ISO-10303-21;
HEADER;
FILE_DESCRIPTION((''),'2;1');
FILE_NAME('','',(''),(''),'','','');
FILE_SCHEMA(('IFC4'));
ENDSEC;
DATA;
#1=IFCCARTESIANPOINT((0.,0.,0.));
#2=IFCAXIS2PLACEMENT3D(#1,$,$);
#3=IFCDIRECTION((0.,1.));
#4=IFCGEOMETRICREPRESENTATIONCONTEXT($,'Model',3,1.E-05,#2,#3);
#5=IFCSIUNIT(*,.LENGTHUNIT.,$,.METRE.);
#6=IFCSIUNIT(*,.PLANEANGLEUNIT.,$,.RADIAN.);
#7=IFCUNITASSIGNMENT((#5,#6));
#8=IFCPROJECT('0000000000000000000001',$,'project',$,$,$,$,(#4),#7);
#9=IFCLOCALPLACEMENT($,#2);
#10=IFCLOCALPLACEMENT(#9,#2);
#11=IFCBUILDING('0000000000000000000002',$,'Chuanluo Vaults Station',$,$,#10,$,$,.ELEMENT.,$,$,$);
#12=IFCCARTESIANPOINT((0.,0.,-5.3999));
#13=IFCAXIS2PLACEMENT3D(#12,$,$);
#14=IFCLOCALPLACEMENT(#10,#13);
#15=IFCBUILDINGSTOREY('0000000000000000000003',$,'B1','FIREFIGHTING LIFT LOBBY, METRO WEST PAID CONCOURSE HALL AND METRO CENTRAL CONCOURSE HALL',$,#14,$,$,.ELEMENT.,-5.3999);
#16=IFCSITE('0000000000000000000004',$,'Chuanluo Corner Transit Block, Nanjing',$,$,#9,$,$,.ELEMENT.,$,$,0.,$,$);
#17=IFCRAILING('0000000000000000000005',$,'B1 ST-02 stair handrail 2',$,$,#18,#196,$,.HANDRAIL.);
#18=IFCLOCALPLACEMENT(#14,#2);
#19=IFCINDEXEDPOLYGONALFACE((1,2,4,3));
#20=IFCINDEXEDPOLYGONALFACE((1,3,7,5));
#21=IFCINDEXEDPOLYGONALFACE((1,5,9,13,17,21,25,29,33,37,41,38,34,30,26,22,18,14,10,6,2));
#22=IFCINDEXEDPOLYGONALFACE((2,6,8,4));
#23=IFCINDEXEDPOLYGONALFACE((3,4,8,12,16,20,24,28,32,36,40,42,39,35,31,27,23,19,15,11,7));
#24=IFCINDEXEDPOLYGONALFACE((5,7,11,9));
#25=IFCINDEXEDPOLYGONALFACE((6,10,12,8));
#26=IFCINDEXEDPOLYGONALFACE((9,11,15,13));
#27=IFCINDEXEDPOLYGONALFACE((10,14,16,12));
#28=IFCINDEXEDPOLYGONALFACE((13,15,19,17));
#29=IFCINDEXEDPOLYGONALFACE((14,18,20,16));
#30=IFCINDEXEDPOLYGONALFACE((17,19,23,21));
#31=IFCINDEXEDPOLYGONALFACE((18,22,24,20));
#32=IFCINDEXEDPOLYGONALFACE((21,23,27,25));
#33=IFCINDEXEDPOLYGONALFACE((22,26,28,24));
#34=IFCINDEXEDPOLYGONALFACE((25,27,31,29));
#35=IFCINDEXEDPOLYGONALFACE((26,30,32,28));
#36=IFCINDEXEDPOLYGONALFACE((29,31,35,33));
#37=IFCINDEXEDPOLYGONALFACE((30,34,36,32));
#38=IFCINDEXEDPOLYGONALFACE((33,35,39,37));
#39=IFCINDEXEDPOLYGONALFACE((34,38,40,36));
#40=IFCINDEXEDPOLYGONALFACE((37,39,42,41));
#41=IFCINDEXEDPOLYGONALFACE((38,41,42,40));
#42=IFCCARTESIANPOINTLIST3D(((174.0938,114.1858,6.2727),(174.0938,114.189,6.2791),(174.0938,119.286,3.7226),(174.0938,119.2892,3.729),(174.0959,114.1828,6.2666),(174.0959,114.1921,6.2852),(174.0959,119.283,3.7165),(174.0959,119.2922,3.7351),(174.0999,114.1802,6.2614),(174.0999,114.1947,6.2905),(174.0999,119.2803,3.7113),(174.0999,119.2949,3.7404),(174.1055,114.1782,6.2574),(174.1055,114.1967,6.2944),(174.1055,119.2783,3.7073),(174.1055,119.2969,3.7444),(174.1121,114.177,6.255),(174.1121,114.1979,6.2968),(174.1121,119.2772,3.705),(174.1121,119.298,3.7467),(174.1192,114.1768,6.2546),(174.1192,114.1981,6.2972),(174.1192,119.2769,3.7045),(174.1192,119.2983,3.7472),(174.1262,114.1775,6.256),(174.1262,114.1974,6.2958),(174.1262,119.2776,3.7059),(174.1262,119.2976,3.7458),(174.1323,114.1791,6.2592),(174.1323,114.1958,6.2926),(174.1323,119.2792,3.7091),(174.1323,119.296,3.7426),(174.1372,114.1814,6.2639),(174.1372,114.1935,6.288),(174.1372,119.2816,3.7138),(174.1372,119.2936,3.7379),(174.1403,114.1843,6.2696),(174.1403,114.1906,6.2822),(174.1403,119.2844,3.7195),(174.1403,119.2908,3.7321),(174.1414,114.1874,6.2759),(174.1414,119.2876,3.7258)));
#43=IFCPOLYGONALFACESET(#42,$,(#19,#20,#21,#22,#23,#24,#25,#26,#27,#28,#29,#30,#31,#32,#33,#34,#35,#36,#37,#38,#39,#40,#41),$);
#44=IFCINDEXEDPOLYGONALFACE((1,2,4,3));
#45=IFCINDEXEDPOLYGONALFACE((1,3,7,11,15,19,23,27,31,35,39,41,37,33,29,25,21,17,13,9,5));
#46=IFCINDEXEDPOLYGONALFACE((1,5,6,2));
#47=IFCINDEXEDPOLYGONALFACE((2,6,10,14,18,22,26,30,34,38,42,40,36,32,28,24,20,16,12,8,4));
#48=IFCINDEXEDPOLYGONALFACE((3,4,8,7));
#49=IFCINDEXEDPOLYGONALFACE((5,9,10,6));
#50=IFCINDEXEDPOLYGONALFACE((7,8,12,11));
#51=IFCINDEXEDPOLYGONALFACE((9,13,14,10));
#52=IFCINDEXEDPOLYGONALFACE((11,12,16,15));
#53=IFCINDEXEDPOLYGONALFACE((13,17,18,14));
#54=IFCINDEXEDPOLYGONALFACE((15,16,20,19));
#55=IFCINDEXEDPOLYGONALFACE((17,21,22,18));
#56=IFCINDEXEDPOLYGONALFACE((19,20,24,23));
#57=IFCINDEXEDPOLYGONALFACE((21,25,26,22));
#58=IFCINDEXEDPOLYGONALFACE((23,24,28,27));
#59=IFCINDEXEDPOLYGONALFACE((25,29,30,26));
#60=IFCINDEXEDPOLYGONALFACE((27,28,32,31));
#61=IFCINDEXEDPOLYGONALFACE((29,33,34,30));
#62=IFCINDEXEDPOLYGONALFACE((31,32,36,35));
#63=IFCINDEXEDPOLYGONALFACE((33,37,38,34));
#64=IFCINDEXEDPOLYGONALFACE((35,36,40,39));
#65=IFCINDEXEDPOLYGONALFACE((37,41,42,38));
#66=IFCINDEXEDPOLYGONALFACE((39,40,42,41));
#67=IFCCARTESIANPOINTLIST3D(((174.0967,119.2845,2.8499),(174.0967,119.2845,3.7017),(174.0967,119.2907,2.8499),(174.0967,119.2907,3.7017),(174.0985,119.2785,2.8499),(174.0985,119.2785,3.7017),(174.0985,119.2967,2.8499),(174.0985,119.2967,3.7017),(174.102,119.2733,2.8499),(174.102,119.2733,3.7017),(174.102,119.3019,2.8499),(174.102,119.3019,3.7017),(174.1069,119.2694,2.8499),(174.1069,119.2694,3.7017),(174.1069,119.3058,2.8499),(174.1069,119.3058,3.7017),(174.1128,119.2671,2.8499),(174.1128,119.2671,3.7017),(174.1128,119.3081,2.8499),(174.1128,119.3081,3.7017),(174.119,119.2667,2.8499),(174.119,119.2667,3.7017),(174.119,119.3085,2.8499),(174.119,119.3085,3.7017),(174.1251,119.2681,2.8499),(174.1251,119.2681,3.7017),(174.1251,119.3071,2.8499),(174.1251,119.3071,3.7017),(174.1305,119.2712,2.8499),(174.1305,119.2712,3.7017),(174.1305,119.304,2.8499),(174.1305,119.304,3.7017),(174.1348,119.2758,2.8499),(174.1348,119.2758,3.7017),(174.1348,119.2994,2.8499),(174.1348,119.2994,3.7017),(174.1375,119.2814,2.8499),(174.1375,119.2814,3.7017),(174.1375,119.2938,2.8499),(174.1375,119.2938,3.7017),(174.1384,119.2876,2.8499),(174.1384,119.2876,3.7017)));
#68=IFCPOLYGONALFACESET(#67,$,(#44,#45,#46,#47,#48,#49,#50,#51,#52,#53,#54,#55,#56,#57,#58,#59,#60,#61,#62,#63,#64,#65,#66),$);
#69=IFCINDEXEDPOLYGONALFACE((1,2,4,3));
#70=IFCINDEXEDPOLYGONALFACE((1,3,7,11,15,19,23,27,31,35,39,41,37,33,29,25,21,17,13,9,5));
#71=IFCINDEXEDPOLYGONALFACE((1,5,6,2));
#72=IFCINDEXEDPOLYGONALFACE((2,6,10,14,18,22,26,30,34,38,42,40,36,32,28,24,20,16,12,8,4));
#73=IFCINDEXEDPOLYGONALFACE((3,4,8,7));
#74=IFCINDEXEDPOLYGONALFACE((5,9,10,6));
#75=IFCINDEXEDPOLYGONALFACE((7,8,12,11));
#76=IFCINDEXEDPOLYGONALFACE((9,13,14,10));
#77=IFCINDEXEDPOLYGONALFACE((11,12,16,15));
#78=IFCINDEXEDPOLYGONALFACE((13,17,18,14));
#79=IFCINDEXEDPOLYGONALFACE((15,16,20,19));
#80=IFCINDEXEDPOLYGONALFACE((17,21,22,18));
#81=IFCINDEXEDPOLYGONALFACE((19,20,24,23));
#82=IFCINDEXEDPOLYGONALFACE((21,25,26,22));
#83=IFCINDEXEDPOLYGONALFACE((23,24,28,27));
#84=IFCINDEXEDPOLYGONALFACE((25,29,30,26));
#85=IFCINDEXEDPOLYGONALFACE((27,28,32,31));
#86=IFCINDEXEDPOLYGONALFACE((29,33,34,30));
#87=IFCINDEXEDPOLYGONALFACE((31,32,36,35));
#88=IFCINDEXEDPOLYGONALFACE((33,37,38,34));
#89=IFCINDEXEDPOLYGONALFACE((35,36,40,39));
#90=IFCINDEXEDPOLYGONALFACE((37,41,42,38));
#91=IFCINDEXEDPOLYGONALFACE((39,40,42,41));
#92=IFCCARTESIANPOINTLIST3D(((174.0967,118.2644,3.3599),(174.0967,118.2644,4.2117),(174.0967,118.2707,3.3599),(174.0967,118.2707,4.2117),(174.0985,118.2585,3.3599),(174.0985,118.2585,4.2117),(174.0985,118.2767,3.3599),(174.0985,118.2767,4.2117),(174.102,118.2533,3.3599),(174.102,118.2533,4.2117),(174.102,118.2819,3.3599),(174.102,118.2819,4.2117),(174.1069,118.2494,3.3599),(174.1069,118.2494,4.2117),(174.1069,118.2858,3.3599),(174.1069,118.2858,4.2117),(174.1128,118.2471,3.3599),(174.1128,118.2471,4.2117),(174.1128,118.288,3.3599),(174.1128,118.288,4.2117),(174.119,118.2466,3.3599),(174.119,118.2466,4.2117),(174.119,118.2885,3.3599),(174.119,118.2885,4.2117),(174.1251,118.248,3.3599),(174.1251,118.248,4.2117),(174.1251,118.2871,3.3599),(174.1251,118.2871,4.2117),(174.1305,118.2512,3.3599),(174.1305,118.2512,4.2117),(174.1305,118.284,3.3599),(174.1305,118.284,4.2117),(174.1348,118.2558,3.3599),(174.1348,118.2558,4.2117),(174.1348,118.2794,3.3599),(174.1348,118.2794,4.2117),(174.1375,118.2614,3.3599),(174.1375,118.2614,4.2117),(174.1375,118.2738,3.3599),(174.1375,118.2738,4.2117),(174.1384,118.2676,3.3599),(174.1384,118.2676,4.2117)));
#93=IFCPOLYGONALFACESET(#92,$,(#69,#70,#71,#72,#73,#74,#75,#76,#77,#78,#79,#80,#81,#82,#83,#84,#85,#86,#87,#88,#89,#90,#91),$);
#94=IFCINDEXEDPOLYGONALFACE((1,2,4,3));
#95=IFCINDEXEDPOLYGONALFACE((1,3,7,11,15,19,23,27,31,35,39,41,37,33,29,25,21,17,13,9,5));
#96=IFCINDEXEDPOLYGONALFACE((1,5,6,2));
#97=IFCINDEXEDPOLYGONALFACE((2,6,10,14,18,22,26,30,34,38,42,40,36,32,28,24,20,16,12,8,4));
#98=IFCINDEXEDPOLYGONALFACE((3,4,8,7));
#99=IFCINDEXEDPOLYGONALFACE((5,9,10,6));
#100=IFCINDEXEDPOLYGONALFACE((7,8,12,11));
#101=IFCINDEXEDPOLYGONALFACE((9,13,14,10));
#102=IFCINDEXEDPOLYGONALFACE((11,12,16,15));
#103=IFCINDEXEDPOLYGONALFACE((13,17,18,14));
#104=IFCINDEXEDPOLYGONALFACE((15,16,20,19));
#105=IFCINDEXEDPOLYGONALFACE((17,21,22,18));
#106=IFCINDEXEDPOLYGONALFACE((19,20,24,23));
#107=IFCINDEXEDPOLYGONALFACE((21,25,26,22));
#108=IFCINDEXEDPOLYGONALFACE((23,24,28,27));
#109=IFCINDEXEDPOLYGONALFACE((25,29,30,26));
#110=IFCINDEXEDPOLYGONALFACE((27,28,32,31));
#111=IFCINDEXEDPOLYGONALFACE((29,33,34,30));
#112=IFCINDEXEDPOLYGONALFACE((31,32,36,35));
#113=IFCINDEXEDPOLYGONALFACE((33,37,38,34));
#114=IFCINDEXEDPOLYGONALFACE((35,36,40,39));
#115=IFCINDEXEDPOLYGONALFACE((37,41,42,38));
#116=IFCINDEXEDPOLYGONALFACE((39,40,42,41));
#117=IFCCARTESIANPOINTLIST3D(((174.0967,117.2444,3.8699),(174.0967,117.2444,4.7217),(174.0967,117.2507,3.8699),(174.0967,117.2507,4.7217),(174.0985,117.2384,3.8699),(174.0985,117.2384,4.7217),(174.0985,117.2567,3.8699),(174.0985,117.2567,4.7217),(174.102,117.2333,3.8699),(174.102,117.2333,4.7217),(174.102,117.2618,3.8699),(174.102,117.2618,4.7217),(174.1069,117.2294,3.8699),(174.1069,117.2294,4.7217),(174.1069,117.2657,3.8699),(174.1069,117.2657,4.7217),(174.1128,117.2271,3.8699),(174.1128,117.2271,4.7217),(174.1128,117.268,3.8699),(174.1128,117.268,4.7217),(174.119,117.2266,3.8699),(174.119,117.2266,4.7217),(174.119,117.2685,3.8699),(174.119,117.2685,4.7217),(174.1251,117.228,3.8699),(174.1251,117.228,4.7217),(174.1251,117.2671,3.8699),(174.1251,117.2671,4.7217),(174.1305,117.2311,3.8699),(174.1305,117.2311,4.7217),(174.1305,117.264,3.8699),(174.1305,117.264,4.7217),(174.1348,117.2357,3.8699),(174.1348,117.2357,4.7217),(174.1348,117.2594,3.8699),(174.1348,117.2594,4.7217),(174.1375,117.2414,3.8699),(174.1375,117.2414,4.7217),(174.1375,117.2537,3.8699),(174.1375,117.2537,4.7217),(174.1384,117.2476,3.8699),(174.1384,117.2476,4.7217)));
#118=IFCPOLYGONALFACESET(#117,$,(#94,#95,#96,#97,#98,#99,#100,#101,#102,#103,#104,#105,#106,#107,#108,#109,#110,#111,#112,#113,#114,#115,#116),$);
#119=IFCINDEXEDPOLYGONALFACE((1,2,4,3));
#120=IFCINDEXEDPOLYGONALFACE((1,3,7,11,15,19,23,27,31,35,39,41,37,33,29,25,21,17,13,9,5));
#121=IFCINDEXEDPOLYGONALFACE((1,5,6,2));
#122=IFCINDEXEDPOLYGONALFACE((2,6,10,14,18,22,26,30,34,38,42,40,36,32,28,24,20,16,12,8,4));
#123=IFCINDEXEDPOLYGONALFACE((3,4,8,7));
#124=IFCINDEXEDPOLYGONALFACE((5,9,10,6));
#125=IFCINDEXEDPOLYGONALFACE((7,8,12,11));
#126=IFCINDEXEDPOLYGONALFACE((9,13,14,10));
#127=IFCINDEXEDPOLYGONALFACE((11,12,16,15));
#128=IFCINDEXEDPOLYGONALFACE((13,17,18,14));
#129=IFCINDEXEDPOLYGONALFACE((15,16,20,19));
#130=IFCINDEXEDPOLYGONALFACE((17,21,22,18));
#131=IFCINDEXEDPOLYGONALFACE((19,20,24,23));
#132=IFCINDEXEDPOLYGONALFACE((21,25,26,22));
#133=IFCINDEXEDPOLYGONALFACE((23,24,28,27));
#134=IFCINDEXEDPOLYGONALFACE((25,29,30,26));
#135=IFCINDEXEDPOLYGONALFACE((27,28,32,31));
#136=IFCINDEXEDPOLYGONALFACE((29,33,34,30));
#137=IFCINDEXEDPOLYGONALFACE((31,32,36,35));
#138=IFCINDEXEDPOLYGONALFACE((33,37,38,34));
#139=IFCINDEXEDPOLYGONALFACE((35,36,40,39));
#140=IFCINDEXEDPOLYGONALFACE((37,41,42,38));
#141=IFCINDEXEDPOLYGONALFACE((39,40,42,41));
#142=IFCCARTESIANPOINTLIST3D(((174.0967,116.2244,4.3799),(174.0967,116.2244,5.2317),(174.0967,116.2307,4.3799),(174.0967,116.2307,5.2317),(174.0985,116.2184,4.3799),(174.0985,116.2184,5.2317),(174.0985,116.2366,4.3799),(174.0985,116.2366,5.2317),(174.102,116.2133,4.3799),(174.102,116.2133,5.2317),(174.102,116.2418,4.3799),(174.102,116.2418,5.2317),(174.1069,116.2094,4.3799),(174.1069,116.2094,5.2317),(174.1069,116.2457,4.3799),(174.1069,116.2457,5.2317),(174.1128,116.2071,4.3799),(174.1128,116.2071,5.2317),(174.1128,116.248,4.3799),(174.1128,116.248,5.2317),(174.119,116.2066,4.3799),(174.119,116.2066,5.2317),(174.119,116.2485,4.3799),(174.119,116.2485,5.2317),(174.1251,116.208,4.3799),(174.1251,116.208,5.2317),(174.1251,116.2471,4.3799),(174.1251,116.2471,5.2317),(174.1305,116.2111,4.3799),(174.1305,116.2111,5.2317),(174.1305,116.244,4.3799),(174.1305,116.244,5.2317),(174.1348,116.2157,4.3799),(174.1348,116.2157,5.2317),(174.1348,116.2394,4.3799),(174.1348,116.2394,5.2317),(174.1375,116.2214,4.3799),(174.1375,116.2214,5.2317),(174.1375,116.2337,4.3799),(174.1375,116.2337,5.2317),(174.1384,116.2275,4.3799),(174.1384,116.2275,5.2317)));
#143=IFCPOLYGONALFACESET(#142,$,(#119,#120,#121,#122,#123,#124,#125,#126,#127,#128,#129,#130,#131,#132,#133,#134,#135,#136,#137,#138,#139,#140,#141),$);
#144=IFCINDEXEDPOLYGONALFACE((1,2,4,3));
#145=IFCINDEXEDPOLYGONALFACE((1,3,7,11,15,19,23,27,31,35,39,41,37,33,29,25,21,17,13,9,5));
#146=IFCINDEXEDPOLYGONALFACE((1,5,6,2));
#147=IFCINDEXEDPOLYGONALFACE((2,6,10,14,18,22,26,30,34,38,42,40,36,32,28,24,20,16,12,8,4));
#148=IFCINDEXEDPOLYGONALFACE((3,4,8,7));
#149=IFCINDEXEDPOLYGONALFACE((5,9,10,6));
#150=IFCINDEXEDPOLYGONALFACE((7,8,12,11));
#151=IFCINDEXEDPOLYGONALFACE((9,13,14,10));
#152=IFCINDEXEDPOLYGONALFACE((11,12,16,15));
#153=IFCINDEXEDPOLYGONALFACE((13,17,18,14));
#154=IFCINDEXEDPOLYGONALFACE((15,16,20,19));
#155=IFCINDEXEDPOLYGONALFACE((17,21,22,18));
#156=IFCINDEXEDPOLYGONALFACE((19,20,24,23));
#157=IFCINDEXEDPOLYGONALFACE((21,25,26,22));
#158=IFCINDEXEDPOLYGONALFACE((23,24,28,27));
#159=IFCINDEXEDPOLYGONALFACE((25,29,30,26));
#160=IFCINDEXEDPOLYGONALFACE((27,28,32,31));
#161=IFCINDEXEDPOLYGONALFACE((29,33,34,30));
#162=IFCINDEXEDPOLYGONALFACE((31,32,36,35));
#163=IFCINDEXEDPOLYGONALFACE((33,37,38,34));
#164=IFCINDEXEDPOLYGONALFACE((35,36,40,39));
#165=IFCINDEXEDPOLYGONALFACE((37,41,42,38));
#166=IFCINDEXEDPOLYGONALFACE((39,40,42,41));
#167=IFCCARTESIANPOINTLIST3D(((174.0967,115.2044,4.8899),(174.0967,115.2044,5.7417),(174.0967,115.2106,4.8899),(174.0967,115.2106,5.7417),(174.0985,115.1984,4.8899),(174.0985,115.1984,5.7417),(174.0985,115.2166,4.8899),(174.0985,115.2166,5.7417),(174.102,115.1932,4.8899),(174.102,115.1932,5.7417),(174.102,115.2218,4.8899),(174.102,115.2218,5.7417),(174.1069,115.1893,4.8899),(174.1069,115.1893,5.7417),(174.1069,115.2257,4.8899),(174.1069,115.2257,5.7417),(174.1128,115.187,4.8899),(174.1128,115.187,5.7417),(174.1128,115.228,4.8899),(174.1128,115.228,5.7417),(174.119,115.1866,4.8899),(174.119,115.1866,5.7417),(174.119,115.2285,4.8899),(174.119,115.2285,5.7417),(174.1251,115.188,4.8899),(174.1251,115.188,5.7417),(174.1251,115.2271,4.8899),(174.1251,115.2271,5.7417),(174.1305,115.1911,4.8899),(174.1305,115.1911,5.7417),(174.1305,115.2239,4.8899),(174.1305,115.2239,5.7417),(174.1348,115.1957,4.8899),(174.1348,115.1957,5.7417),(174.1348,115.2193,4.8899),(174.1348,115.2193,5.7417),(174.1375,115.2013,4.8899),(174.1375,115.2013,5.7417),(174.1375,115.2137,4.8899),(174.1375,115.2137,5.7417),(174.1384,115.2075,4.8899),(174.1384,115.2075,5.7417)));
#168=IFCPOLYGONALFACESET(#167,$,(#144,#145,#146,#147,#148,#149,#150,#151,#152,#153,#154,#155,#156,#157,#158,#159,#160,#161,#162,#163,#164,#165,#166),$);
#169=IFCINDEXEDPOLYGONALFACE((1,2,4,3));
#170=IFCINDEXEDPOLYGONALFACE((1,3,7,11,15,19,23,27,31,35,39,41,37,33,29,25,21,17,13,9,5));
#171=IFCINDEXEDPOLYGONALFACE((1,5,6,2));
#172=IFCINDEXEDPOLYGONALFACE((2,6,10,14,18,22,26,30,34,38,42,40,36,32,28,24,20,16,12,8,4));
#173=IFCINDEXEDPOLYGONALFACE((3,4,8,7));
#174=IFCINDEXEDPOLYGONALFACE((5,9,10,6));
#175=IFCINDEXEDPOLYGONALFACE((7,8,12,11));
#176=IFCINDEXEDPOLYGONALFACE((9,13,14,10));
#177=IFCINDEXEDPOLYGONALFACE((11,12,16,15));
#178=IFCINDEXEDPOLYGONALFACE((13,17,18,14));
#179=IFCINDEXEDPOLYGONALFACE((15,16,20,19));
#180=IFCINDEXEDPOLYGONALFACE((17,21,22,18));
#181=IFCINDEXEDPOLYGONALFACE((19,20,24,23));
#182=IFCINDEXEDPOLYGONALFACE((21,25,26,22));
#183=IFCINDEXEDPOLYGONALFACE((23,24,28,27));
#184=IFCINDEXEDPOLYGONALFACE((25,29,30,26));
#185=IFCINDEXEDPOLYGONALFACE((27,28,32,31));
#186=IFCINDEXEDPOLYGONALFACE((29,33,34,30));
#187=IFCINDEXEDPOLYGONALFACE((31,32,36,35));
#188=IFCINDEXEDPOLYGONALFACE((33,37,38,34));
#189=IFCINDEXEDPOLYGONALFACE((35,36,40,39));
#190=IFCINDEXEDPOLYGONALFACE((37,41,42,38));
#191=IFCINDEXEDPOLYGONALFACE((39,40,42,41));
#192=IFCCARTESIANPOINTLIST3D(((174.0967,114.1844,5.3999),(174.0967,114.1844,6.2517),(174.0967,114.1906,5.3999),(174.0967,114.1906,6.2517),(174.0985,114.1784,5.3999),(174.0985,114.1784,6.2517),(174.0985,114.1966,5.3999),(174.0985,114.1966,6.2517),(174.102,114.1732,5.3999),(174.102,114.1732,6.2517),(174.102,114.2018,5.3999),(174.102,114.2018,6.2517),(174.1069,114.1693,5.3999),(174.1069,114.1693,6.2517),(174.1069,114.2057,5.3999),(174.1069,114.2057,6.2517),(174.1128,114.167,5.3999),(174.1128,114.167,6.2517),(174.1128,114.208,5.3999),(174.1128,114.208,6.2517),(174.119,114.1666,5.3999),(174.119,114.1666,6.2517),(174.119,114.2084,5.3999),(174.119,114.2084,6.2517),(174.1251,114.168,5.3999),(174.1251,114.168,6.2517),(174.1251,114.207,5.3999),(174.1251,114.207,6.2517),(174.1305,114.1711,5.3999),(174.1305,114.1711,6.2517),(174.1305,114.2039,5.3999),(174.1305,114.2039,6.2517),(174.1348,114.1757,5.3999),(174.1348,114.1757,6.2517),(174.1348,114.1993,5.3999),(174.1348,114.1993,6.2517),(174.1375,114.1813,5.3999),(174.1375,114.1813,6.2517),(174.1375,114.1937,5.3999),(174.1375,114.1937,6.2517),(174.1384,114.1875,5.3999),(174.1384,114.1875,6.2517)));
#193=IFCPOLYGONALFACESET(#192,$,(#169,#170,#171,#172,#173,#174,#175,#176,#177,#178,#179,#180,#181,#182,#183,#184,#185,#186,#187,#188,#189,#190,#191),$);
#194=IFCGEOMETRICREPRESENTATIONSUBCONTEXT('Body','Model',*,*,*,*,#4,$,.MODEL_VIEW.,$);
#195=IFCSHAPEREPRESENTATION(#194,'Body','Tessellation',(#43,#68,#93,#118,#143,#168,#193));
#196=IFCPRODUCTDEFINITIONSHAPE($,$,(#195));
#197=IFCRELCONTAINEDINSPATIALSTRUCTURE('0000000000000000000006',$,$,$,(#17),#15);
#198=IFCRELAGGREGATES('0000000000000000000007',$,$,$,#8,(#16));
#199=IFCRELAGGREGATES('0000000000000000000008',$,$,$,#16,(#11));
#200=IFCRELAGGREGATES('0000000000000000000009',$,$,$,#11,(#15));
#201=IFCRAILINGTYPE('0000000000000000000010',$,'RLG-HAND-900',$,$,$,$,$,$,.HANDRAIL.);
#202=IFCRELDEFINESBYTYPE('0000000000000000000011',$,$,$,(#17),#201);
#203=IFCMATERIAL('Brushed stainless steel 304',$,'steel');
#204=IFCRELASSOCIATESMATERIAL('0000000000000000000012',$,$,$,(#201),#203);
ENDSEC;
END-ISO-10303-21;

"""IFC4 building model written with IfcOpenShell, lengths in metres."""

from ifc_helpers import new_model, si_unit, direction, frame, origin, origin_2d, place, context, subcontext, project, spatial, circle, extrude, material, type_object, element, save


model = new_model("IFC4")

# Units and contexts
model_context = context("Model", 3, precision=1e-05, world=origin(), true_north=direction((0.0, 1.0)))
body_context = subcontext(model_context, "Body", "Model", "MODEL_VIEW")
ifc_project = project(units=[si_unit("LENGTHUNIT", "METRE"), si_unit("PLANEANGLEUNIT", "RADIAN")], contexts=[model_context])

# Site, building, storey
site_placement = place(None, origin())
site = spatial("IfcSite", under=ifc_project, at=site_placement, Name="Chuanluo Corner Transit Block, Nanjing", CompositionType="ELEMENT", RefElevation=0.0)
building_placement = place(site_placement, origin())
building = spatial("IfcBuilding", under=site, at=building_placement, Name="Chuanluo Vaults Station", CompositionType="ELEMENT")
storey_placement = place(building_placement, frame((0.0, 0.0, -5.3999)))
storey = spatial("IfcBuildingStorey", under=building, at=storey_placement, Name="B1", Description="FIREFIGHTING LIFT LOBBY, METRO WEST PAID CONCOURSE HALL AND METRO CENTRAL CONCOURSE HALL", CompositionType="ELEMENT", Elevation=-5.3999)

# Railing
ifc_material_1 = material(Name="Brushed stainless steel 304", Category="steel")
railing_type_1 = type_object("IfcRailingType", Name="RLG-HAND-900", PredefinedType="HANDRAIL", material=ifc_material_1)
railing_1_placement = place(storey_placement, frame((174.1174, 119.2876, 2.8499)))
element("IfcRailing", 1, at=railing_1_placement, inside=storey, type_object=railing_type_1, Name="B1 ST-02 stair handrail 2", PredefinedType="HANDRAIL", context=body_context, shape_type="SweptSolid", body=[
    extrude(circle(Radius=0.0239, at=origin_2d()), frame((0.0, 0.0, 0.876), z_axis=(0.0, -0.894427, 0.447214), x_axis=(1.0, 0.0, 0.0)), (0.0, 0.0, 1.0), 5.7021),
    extrude(circle(Radius=0.021, at=origin_2d()), origin(), (0.0, 0.0, 1.0), 0.8518),
    extrude(circle(Radius=0.021, at=origin_2d()), frame((0.0, -1.02, 0.51)), (0.0, 0.0, 1.0), 0.8518),
    extrude(circle(Radius=0.021, at=origin_2d()), frame((0.0, -2.04, 1.02)), (0.0, 0.0, 1.0), 0.8518),
    extrude(circle(Radius=0.021, at=origin_2d()), frame((0.0, -3.0601, 1.53)), (0.0, 0.0, 1.0), 0.8518),
    extrude(circle(Radius=0.021, at=origin_2d()), frame((0.0, -4.0801, 2.04)), (0.0, 0.0, 1.0), 0.8518),
    extrude(circle(Radius=0.021, at=origin_2d()), frame((0.0, -5.1001, 2.55)), (0.0, 0.0, 1.0), 0.8518),
])

save(model, "model.ifc")
